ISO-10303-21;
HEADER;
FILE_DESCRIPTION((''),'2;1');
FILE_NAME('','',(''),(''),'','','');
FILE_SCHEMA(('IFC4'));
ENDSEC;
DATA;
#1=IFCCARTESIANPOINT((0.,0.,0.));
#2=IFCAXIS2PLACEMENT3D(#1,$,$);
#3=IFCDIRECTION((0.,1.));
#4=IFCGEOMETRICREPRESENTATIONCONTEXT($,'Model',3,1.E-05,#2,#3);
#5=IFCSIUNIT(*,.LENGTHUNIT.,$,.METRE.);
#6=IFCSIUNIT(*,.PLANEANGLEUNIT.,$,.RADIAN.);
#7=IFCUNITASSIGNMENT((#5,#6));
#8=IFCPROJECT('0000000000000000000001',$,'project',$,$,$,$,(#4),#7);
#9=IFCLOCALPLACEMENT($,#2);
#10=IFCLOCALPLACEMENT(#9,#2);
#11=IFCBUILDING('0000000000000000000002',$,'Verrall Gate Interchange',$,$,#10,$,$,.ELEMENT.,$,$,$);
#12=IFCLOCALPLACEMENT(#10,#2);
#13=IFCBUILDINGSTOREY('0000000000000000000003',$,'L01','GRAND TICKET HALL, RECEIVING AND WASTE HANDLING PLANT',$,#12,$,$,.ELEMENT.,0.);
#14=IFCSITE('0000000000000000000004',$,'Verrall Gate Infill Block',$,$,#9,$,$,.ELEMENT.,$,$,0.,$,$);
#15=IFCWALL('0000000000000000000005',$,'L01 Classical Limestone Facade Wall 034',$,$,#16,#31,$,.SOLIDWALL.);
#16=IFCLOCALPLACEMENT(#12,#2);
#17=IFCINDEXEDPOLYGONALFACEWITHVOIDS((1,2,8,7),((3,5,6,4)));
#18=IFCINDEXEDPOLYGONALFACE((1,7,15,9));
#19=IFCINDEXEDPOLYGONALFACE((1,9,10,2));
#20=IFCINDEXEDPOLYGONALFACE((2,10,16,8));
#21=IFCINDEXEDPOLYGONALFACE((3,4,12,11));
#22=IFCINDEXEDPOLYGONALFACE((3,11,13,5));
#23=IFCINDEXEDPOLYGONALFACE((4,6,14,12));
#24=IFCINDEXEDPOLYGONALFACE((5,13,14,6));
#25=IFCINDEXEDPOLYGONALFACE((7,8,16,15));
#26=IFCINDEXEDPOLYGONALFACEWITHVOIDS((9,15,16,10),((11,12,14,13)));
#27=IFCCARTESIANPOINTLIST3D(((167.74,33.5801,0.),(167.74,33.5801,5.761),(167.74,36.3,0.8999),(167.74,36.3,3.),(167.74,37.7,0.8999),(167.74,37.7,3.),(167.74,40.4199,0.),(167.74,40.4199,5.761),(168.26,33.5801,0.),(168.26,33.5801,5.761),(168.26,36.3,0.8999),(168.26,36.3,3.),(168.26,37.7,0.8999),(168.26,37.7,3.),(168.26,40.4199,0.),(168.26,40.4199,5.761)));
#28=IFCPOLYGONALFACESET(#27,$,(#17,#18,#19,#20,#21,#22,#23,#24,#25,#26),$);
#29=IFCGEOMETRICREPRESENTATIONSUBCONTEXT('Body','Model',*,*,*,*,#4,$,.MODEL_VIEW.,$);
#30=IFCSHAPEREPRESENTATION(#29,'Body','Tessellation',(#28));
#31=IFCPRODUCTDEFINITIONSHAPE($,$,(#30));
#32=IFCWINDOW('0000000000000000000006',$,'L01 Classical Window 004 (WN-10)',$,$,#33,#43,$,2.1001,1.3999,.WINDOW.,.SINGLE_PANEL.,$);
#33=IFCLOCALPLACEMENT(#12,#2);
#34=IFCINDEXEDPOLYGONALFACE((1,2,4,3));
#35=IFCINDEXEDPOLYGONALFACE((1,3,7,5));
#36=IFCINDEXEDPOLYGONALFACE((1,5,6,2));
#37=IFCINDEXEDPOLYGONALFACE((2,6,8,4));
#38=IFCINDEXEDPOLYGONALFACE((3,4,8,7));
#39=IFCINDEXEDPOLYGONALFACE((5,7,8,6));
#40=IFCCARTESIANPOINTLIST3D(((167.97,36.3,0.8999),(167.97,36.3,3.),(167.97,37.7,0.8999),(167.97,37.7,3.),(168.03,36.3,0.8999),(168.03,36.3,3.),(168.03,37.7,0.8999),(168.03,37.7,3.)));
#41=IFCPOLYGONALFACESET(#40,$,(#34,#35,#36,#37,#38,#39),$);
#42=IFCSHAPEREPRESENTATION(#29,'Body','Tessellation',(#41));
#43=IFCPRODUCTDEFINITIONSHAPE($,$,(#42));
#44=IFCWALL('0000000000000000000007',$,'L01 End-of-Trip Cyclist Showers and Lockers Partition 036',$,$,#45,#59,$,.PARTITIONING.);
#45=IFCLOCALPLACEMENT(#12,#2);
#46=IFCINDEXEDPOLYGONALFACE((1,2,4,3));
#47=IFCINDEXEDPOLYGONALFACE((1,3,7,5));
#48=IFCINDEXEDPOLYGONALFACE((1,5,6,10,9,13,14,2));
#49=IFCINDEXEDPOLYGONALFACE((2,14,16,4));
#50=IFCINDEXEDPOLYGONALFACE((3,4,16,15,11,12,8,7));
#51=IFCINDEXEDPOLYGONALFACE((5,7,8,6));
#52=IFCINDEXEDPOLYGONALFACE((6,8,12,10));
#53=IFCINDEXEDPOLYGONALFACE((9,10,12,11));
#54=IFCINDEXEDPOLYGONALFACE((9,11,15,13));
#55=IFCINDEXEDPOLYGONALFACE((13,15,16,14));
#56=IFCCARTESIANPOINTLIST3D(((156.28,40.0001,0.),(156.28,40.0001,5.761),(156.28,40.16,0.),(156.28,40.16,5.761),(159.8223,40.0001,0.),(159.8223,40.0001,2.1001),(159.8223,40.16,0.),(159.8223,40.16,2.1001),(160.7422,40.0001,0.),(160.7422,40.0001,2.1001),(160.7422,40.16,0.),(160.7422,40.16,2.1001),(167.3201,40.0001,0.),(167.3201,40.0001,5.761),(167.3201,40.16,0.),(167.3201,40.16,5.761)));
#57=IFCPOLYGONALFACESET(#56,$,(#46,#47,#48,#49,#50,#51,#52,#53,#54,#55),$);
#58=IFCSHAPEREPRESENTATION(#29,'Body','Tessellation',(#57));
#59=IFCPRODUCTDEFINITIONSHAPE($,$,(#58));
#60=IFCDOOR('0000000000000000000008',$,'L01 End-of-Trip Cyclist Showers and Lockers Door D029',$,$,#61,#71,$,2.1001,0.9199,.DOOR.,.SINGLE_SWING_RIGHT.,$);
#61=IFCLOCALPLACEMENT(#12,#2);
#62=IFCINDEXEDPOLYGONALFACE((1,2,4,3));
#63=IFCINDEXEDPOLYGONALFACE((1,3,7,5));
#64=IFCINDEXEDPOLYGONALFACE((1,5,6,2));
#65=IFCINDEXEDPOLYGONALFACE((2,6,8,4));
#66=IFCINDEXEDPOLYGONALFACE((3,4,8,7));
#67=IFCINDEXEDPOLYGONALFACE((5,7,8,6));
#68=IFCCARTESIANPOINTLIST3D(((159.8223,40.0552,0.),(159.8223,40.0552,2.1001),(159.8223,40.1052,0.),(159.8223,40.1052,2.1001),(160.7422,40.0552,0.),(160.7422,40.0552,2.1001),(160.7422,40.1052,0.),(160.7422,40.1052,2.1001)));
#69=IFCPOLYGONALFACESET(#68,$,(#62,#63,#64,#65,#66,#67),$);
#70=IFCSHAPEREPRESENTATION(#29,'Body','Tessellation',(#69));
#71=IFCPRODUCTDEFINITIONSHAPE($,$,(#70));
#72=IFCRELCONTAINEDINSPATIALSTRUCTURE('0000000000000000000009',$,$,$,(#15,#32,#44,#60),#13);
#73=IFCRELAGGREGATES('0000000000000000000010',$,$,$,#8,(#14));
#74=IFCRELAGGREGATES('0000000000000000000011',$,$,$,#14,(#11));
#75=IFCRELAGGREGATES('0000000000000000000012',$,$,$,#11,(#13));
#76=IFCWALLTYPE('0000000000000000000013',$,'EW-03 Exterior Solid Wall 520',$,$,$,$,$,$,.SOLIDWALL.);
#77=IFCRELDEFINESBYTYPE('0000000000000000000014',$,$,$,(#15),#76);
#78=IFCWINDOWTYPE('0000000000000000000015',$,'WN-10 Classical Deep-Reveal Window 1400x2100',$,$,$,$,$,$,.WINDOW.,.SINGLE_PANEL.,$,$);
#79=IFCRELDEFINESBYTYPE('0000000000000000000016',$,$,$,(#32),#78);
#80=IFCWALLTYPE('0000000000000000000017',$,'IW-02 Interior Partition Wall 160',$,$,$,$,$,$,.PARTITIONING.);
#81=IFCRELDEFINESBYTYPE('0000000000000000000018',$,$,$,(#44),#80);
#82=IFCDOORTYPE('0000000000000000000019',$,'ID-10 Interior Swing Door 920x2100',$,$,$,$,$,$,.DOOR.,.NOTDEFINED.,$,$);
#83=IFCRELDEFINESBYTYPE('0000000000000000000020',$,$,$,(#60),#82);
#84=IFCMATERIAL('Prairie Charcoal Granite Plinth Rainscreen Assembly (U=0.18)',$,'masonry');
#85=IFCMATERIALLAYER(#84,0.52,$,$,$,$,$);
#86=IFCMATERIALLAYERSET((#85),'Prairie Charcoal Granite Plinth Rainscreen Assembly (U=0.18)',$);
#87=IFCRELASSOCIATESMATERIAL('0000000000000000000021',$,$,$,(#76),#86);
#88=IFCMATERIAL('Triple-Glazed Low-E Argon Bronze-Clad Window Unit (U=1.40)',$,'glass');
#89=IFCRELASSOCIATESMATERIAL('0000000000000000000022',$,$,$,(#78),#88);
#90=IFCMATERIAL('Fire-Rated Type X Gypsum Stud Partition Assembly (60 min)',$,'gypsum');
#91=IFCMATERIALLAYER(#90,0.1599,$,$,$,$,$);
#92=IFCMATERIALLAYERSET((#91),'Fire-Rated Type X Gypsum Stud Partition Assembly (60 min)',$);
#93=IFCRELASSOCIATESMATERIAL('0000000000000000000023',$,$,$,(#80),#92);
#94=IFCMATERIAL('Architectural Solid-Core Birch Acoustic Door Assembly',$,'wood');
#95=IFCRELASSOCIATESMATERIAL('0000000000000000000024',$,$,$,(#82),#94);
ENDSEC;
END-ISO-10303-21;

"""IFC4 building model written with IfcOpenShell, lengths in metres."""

from ifc_helpers import new_model, si_unit, direction, frame, frame_2d, origin, place, context, subcontext, project, spatial, rectangle, extrude, material, layer, layer_set, type_object, element, fill, save


model = new_model("IFC4")

# Units and contexts
model_context = context("Model", 3, precision=1e-05, world=origin(), true_north=direction((0.0, 1.0)))
body_context = subcontext(model_context, "Body", "Model", "MODEL_VIEW")
ifc_project = project(units=[si_unit("LENGTHUNIT", "METRE"), si_unit("PLANEANGLEUNIT", "RADIAN")], contexts=[model_context])

# Site, building, storey
site_placement = place(None, origin())
site = spatial("IfcSite", under=ifc_project, at=site_placement, Name="Verrall Gate Infill Block", CompositionType="ELEMENT", RefElevation=0.0)
building_placement = place(site_placement, origin())
building = spatial("IfcBuilding", under=site, at=building_placement, Name="Verrall Gate Interchange", CompositionType="ELEMENT")
storey_placement = place(building_placement, origin())
storey = spatial("IfcBuildingStorey", under=building, at=storey_placement, Name="L01", Description="GRAND TICKET HALL, RECEIVING AND WASTE HANDLING PLANT", CompositionType="ELEMENT", Elevation=0.0)

# Wall, opening, window
ifc_material_1 = material(Name="Prairie Charcoal Granite Plinth Rainscreen Assembly (U=0.18)", Category="masonry")
ifc_layer_1 = layer(ifc_material_1, 0.52)
ifc_layer_set_1 = layer_set([ifc_layer_1], Name="Prairie Charcoal Granite Plinth Rainscreen Assembly (U=0.18)")
wall_type_1 = type_object("IfcWallType", Name="EW-03 Exterior Solid Wall 520", PredefinedType="SOLIDWALL", material=ifc_layer_set_1)
wall_1_placement = place(storey_placement, frame((168.0, 33.5801, 0.0), z_axis=(0.0, 0.0, 1.0), x_axis=(0.0, 1.0, 0.0)))
wall_1 = element("IfcWall", 1, at=wall_1_placement, inside=storey, type_object=wall_type_1, Name="L01 Classical Limestone Facade Wall 034", PredefinedType="SOLIDWALL", context=body_context, shape_type="SweptSolid", body=[
    extrude(rectangle(XDim=6.8398, YDim=0.52, at=frame_2d((3.4199, 0.0))), origin(), (0.0, 0.0, 1.0), 5.761),
])
opening_1_placement = place(wall_1_placement, frame((2.72, 0.0, 0.8999)))
opening_1 = element("IfcOpeningElement", 2, at=opening_1_placement, cuts=wall_1, PredefinedType="OPENING", context=body_context, shape_type="SweptSolid", body=[
    extrude(rectangle(XDim=1.3999, YDim=2.1001, at=frame_2d((0.7, 1.05))), frame((0.0, 0.2749, 0.0), z_axis=(0.0, -1.0, 0.0), x_axis=(1.0, 0.0, 0.0)), (0.0, 0.0, 1.0), 0.5498),
])
ifc_material_2 = material(Name="Triple-Glazed Low-E Argon Bronze-Clad Window Unit (U=1.40)", Category="glass")
window_type = type_object("IfcWindowType", Name="WN-10 Classical Deep-Reveal Window 1400x2100", PartitioningType="SINGLE_PANEL", PredefinedType="WINDOW", material=ifc_material_2)
window_placement = place(opening_1_placement, origin())
window = element("IfcWindow", 3, at=window_placement, inside=storey, type_object=window_type, Name="L01 Classical Window 004 (WN-10)", OverallHeight=2.1001, OverallWidth=1.3999, PartitioningType="SINGLE_PANEL", PredefinedType="WINDOW", context=body_context, shape_type="SweptSolid", body=[
    extrude(rectangle(XDim=1.3999, YDim=2.1001, at=frame_2d((0.7, 1.05))), frame((0.0, 0.03, 0.0), z_axis=(0.0, -1.0, 0.0), x_axis=(1.0, 0.0, 0.0)), (0.0, 0.0, 1.0), 0.0601),
])
fill(opening_1, window)

# Wall, opening, door
ifc_material_3 = material(Name="Fire-Rated Type X Gypsum Stud Partition Assembly (60 min)", Category="gypsum")
ifc_layer_2 = layer(ifc_material_3, 0.1599)
ifc_layer_set_2 = layer_set([ifc_layer_2], Name="Fire-Rated Type X Gypsum Stud Partition Assembly (60 min)")
wall_type_2 = type_object("IfcWallType", Name="IW-02 Interior Partition Wall 160", PredefinedType="PARTITIONING", material=ifc_layer_set_2)
wall_2_placement = place(storey_placement, frame((167.3201, 40.0801, 0.0), z_axis=(0.0, 0.0, 1.0), x_axis=(-1.0, 0.0, 0.0)))
wall_2 = element("IfcWall", 4, at=wall_2_placement, inside=storey, type_object=wall_type_2, Name="L01 End-of-Trip Cyclist Showers and Lockers Partition 036", PredefinedType="PARTITIONING", context=body_context, shape_type="SweptSolid", body=[
    extrude(rectangle(XDim=11.04, YDim=0.1599, at=frame_2d((5.52, 0.0))), origin(), (0.0, 0.0, 1.0), 5.761),
])
opening_2_placement = place(wall_2_placement, frame((6.5779, 0.0, 0.0)))
opening_2 = element("IfcOpeningElement", 5, at=opening_2_placement, cuts=wall_2, PredefinedType="OPENING", context=body_context, shape_type="SweptSolid", body=[
    extrude(rectangle(XDim=0.9199, YDim=2.1001, at=frame_2d((0.46, 1.05))), frame((0.0, 0.0947, 0.0), z_axis=(0.0, -1.0, 0.0), x_axis=(1.0, 0.0, 0.0)), (0.0, 0.0, 1.0), 0.1897),
])
ifc_material_4 = material(Name="Architectural Solid-Core Birch Acoustic Door Assembly", Category="wood")
door_type = type_object("IfcDoorType", Name="ID-10 Interior Swing Door 920x2100", OperationType="NOTDEFINED", PredefinedType="DOOR", material=ifc_material_4)
door_placement = place(opening_2_placement, origin())
door = element("IfcDoor", 6, at=door_placement, inside=storey, type_object=door_type, Name="L01 End-of-Trip Cyclist Showers and Lockers Door D029", OperationType="SINGLE_SWING_RIGHT", OverallHeight=2.1001, OverallWidth=0.9199, PredefinedType="DOOR", context=body_context, shape_type="SweptSolid", body=[
    extrude(rectangle(XDim=0.9199, YDim=2.1001, at=frame_2d((0.46, 1.05))), frame((0.0, 0.0249, 0.0), z_axis=(0.0, -1.0, 0.0), x_axis=(1.0, 0.0, 0.0)), (0.0, 0.0, 1.0), 0.05),
])
fill(opening_2, door)

save(model, "model.ifc")
